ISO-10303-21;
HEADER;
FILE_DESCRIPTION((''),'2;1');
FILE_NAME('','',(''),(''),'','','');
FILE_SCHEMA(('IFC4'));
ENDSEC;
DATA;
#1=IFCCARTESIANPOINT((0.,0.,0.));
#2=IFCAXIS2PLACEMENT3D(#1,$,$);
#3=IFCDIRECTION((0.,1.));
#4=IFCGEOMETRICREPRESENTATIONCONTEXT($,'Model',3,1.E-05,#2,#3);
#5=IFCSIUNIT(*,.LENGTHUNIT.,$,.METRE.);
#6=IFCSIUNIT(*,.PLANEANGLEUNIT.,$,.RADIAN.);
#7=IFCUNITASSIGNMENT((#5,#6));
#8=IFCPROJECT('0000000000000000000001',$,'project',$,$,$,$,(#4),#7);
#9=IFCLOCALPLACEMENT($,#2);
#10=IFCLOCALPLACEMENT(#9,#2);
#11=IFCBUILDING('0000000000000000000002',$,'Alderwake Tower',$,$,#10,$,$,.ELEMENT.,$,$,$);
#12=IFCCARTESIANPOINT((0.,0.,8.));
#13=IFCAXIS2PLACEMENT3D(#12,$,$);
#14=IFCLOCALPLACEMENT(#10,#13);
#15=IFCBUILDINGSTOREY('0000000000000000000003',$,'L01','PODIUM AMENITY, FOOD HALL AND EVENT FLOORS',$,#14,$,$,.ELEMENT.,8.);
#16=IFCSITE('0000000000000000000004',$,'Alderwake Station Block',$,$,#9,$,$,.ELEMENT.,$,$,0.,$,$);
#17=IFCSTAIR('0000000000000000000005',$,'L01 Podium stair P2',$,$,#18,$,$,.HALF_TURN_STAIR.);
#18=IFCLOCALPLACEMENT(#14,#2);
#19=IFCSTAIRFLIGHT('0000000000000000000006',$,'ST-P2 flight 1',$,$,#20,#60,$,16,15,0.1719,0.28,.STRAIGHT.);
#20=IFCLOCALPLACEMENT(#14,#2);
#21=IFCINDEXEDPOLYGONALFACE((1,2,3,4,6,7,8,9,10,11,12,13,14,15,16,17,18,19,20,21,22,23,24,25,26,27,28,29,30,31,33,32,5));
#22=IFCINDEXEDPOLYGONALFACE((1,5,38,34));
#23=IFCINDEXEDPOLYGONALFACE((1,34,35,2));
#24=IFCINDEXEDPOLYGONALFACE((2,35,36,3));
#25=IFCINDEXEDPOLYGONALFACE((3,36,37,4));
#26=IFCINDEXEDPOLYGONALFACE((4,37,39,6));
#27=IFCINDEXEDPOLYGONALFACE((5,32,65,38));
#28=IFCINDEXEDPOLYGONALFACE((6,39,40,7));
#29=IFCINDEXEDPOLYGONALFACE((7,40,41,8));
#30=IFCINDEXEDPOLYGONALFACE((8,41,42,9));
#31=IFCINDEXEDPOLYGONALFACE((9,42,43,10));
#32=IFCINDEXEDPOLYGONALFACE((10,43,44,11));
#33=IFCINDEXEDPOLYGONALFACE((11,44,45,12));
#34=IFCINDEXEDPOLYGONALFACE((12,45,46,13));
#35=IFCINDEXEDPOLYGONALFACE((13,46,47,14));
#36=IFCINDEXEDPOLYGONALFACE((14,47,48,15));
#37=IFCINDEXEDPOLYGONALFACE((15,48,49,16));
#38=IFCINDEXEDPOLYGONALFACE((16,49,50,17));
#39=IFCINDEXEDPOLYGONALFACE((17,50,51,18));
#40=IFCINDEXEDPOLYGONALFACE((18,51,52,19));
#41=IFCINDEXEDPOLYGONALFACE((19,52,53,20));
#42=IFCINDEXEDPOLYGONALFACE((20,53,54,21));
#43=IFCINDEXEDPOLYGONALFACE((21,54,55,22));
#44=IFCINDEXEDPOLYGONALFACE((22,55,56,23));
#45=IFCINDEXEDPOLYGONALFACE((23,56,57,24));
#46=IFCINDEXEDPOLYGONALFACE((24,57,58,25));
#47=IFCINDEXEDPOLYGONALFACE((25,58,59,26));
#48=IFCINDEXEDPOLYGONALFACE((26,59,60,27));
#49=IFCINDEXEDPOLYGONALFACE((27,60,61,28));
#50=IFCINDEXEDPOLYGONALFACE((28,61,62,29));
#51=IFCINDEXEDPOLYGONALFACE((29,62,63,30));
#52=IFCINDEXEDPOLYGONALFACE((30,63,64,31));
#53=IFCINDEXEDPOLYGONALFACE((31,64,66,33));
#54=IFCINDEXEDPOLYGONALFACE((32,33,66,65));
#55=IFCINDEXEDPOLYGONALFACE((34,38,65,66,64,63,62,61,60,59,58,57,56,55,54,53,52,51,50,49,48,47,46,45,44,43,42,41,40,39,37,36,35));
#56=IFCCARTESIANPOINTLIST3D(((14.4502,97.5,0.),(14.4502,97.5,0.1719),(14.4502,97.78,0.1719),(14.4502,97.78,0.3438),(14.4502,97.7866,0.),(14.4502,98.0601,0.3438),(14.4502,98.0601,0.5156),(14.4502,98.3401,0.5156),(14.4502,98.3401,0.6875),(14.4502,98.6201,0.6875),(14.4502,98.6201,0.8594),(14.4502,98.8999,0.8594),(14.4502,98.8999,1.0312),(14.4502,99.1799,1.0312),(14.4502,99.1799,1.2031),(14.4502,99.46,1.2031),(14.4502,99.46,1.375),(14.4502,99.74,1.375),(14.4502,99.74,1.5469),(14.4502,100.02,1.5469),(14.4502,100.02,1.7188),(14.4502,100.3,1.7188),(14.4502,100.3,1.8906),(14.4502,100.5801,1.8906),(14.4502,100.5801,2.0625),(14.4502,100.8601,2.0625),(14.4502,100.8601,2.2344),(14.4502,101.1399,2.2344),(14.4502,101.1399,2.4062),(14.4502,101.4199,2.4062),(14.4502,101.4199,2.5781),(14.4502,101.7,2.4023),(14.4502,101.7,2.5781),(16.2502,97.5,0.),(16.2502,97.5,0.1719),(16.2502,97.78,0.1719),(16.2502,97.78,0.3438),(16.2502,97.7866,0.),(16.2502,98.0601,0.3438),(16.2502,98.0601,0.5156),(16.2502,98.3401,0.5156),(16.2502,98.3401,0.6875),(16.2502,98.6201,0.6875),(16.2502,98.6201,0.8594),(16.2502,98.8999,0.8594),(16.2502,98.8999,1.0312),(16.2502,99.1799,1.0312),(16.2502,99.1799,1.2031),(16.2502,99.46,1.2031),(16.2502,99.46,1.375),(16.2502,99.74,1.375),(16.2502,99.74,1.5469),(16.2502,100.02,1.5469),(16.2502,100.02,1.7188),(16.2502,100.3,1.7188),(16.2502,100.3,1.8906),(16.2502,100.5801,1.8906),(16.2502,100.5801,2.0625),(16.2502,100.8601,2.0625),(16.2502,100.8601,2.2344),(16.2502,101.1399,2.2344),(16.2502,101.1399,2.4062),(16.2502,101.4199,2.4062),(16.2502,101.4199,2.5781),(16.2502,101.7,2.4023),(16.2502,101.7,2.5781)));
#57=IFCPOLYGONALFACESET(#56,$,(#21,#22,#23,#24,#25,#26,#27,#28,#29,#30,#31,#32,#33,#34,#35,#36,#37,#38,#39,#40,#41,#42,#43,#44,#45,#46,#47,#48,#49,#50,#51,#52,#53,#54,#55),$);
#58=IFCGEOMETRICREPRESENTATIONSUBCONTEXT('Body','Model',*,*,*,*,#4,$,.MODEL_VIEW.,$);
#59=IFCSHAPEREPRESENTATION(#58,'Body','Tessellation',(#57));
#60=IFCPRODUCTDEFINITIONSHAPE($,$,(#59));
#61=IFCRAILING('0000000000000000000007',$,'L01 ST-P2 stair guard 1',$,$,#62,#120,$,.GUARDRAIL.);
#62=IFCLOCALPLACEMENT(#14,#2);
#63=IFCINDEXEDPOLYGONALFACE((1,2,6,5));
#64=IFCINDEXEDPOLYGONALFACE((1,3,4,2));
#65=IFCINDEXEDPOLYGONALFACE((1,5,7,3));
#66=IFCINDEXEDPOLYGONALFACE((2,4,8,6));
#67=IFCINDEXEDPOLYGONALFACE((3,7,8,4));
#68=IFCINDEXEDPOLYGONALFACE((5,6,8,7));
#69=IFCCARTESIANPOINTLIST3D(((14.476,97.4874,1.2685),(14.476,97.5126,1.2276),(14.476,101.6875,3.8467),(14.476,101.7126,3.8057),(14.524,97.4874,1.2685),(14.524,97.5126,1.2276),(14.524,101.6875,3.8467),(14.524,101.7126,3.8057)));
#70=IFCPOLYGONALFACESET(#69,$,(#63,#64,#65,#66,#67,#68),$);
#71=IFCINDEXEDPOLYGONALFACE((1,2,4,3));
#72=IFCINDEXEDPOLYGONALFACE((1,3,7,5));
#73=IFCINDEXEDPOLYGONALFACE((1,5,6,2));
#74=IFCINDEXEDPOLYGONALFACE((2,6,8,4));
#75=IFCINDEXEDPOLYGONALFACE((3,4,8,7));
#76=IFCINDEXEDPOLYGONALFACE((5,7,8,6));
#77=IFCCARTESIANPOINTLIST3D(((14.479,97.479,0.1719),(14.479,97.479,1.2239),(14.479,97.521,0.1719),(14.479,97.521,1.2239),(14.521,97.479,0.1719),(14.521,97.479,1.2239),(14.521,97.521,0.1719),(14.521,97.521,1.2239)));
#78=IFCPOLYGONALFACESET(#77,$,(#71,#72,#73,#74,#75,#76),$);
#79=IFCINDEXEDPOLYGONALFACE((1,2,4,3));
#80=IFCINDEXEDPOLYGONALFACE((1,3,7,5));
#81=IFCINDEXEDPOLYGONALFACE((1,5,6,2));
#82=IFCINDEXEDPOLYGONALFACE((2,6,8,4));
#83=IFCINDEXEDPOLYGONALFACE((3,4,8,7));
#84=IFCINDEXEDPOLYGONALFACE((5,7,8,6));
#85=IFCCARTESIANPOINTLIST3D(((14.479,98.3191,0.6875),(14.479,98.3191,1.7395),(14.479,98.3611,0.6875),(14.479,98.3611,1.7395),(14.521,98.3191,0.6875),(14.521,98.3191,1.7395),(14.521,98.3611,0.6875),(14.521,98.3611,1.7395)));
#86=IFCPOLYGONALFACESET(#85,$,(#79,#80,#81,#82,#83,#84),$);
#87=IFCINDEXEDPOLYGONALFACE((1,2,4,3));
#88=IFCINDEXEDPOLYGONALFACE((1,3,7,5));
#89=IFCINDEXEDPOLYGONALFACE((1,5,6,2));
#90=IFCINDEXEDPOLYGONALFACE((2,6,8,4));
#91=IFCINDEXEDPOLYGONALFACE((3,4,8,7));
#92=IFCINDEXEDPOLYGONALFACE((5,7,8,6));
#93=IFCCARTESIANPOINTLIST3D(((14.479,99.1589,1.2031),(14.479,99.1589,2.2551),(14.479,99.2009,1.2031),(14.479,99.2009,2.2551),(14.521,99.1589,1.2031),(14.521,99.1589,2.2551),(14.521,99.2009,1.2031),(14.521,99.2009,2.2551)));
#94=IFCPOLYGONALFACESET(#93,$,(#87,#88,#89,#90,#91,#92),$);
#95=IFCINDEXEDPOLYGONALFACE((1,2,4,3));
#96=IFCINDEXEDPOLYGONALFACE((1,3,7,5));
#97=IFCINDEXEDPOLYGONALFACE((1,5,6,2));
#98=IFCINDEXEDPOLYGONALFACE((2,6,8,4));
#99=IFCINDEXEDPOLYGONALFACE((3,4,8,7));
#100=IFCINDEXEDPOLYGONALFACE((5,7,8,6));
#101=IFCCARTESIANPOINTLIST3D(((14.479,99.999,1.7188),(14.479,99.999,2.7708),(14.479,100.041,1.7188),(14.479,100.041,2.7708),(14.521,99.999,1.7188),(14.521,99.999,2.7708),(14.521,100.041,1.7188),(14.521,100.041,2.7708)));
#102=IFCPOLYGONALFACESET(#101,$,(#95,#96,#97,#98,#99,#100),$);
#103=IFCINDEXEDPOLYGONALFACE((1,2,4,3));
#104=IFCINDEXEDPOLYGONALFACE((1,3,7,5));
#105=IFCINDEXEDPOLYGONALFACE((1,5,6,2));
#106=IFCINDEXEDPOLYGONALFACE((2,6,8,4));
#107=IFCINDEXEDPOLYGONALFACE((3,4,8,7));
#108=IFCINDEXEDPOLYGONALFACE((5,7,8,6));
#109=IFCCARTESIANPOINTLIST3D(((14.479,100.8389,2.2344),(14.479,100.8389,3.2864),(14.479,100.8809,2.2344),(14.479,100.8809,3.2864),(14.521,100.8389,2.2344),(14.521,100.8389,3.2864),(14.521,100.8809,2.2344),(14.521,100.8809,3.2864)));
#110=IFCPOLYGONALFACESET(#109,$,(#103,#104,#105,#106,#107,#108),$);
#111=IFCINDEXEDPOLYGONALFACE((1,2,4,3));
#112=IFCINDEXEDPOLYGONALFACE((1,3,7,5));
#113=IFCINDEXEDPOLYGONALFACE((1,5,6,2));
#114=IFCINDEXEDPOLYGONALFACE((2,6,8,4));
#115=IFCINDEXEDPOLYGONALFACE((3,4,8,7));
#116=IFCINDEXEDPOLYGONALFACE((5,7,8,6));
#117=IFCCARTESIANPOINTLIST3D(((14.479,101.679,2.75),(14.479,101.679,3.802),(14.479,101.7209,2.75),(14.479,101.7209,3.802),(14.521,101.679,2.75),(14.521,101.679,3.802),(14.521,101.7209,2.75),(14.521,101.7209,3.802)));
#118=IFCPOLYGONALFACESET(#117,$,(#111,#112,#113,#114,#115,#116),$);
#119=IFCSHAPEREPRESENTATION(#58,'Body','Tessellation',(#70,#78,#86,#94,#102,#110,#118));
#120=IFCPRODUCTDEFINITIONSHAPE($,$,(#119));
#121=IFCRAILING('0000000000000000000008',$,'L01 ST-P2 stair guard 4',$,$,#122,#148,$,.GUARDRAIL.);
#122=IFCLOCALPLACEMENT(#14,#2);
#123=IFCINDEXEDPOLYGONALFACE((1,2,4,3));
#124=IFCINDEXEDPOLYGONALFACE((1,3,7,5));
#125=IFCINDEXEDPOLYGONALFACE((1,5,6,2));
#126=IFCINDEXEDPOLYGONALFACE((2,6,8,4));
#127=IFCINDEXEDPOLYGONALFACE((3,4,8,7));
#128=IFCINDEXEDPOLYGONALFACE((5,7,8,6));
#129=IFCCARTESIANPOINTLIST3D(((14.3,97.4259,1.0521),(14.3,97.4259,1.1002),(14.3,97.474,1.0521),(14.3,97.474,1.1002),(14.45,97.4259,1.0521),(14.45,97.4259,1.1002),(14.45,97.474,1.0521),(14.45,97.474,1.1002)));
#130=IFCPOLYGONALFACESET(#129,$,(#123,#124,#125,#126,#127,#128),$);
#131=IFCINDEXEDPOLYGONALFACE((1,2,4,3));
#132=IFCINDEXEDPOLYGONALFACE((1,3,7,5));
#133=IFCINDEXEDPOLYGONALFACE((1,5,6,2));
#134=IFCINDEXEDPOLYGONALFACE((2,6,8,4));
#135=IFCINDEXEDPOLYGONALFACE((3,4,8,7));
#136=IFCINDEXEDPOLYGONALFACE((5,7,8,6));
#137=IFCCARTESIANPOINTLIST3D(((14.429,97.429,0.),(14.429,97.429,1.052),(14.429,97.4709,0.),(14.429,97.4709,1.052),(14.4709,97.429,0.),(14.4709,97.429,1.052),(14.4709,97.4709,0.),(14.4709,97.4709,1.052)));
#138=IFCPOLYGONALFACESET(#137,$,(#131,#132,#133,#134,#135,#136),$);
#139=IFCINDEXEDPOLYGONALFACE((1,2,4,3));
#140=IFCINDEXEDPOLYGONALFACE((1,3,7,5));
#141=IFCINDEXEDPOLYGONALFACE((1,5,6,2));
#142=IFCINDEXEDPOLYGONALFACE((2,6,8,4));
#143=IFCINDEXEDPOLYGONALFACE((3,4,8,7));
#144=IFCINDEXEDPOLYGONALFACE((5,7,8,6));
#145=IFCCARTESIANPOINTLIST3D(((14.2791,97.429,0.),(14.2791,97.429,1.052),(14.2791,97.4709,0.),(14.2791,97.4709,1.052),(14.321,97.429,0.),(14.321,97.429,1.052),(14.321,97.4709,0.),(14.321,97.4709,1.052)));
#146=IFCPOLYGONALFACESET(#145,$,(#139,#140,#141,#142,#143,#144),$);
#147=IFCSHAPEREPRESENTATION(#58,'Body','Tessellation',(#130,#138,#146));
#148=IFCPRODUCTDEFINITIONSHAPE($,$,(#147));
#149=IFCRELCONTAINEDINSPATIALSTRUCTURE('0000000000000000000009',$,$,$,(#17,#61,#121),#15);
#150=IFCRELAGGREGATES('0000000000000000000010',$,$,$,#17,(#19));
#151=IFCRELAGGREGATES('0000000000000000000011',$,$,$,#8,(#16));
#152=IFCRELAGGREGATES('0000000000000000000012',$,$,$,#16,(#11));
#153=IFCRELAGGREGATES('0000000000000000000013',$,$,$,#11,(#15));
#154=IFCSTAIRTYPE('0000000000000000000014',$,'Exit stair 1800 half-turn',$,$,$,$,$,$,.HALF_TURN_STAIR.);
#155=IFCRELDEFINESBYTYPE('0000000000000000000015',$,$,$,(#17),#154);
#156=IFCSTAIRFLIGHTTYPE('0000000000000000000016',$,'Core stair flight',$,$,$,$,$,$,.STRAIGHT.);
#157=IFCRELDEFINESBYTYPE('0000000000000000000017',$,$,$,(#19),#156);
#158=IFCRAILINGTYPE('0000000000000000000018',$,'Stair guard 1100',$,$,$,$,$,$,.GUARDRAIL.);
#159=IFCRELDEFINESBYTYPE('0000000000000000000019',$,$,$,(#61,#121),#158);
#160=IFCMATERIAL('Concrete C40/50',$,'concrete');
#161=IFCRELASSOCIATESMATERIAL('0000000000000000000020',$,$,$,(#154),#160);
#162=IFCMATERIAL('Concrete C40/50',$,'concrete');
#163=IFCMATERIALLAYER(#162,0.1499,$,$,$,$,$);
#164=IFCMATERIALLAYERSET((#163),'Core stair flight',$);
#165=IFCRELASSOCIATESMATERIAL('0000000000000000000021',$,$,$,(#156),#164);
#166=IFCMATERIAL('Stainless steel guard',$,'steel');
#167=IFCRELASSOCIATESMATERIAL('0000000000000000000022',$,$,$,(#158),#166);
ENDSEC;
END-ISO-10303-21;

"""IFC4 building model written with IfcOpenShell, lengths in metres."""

from ifc_helpers import new_model, si_unit, direction, frame, origin, origin_2d, place, context, subcontext, project, spatial, polyline, rectangle, outline, extrude, material, layer, layer_set, type_object, element, aggregate, save


model = new_model("IFC4")

# Units and contexts
model_context = context("Model", 3, precision=1e-05, world=origin(), true_north=direction((0.0, 1.0)))
body_context = subcontext(model_context, "Body", "Model", "MODEL_VIEW")
ifc_project = project(units=[si_unit("LENGTHUNIT", "METRE"), si_unit("PLANEANGLEUNIT", "RADIAN")], contexts=[model_context])

# Site, building, storey
site_placement = place(None, origin())
site = spatial("IfcSite", under=ifc_project, at=site_placement, Name="Alderwake Station Block", CompositionType="ELEMENT", RefElevation=0.0)
building_placement = place(site_placement, origin())
building = spatial("IfcBuilding", under=site, at=building_placement, Name="Alderwake Tower", CompositionType="ELEMENT")
storey_placement = place(building_placement, frame((0.0, 0.0, 8.0)))
storey = spatial("IfcBuildingStorey", under=building, at=storey_placement, Name="L01", Description="PODIUM AMENITY, FOOD HALL AND EVENT FLOORS", CompositionType="ELEMENT", Elevation=8.0)

# Stair, stair flight
ifc_material_1 = material(Name="Concrete C40/50", Category="concrete")
stair_type = type_object("IfcStairType", Name="Exit stair 1800 half-turn", PredefinedType="HALF_TURN_STAIR", material=ifc_material_1)
stair_placement = place(storey_placement, origin())
stair = element("IfcStair", 1, at=stair_placement, inside=storey, type_object=stair_type, Name="L01 Podium stair P2", PredefinedType="HALF_TURN_STAIR")
ifc_material_2 = material(Name="Concrete C40/50", Category="concrete")
ifc_layer_1 = layer(ifc_material_2, 0.1499)
ifc_layer_set_1 = layer_set([ifc_layer_1], Name="Core stair flight")
stair_flight_type = type_object("IfcStairFlightType", Name="Core stair flight", PredefinedType="STRAIGHT", material=ifc_layer_set_1)
stair_flight_placement = place(storey_placement, frame((15.3501, 97.5, 0.0), z_axis=(0.0, 0.0, 1.0), x_axis=(0.0, 1.0, 0.0)))
stair_flight = element("IfcStairFlight", 2, at=stair_flight_placement, type_object=stair_flight_type, Name="ST-P2 flight 1", NumberOfRisers=16, NumberOfTreads=15, PredefinedType="STRAIGHT", RiserHeight=0.1719, TreadLength=0.28, context=body_context, shape_type="SweptSolid", body=[
    extrude(outline(polyline([(0.0, 0.0), (0.0, 0.1719), (0.28, 0.1719), (0.28, 0.3438), (0.5601, 0.3438), (0.5601, 0.5156), (0.8401, 0.5156), (0.8401, 0.6875), (1.1201, 0.6875), (1.1201, 0.8594), (1.3999, 0.8594), (1.3999, 1.0312), (1.6799, 1.0312), (1.6799, 1.2031), (1.96, 1.2031), (1.96, 1.375), (2.24, 1.375), (2.24, 1.5469), (2.52, 1.5469), (2.52, 1.7188), (2.8, 1.7188), (2.8, 1.8906), (3.0801, 1.8906), (3.0801, 2.0625), (3.3601, 2.0625), (3.3601, 2.2344), (3.6399, 2.2344), (3.6399, 2.4062), (3.9199, 2.4062), (3.9199, 2.5781), (4.2, 2.5781), (4.2, 2.75), (4.2, 2.4023), (0.2866, 0.0), (0.0, 0.0)])), frame((0.0, 0.8999, 0.0), z_axis=(0.0, -1.0, 0.0), x_axis=(1.0, 0.0, 0.0)), (0.0, 0.0, 1.0), 1.8),
])
aggregate(stair, [stair_flight])

# Railings
ifc_material_3 = material(Name="Stainless steel guard", Category="steel")
railing_type = type_object("IfcRailingType", Name="Stair guard 1100", PredefinedType="GUARDRAIL", material=ifc_material_3)
railing_1_placement = place(storey_placement, frame((14.5, 97.5, 0.1719)))
element("IfcRailing", 3, at=railing_1_placement, inside=storey, type_object=railing_type, Name="L01 ST-P2 stair guard 1", PredefinedType="GUARDRAIL", context=body_context, shape_type="SweptSolid", body=[
    extrude(rectangle(XDim=0.0481, YDim=0.0481, at=origin_2d()), frame((0.0, 0.0, 1.0762), z_axis=(0.0, 0.852243, 0.523146), x_axis=(-1.0, 0.0, 0.0)), (0.0, 0.0, 1.0), 4.9282),
    extrude(rectangle(XDim=0.042, YDim=0.042, at=origin_2d()), frame((0.0, 0.0, 0.0), z_axis=(0.0, 0.0, 1.0), x_axis=(0.0, 1.0, 0.0)), (0.0, 0.0, 1.0), 1.052),
    extrude(rectangle(XDim=0.042, YDim=0.042, at=origin_2d()), frame((0.0, 0.8401, 0.5156), z_axis=(0.0, 0.0, 1.0), x_axis=(0.0, 1.0, 0.0)), (0.0, 0.0, 1.0), 1.052),
    extrude(rectangle(XDim=0.042, YDim=0.042, at=origin_2d()), frame((0.0, 1.6799, 1.0312), z_axis=(0.0, 0.0, 1.0), x_axis=(0.0, 1.0, 0.0)), (0.0, 0.0, 1.0), 1.052),
    extrude(rectangle(XDim=0.042, YDim=0.042, at=origin_2d()), frame((0.0, 2.52, 1.5469), z_axis=(0.0, 0.0, 1.0), x_axis=(0.0, 1.0, 0.0)), (0.0, 0.0, 1.0), 1.052),
    extrude(rectangle(XDim=0.042, YDim=0.042, at=origin_2d()), frame((0.0, 3.3599, 2.0625), z_axis=(0.0, 0.0, 1.0), x_axis=(0.0, 1.0, 0.0)), (0.0, 0.0, 1.0), 1.052),
    extrude(rectangle(XDim=0.042, YDim=0.042, at=origin_2d()), frame((0.0, 4.2, 2.5781), z_axis=(0.0, 0.0, 1.0), x_axis=(0.0, 1.0, 0.0)), (0.0, 0.0, 1.0), 1.052),
])
railing_2_placement = place(storey_placement, frame((14.45, 97.45, 0.0)))
element("IfcRailing", 4, at=railing_2_placement, inside=storey, type_object=railing_type, Name="L01 ST-P2 stair guard 4", PredefinedType="GUARDRAIL", context=body_context, shape_type="SweptSolid", body=[
    extrude(rectangle(XDim=0.0481, YDim=0.0481, at=origin_2d()), frame((0.0, 0.0, 1.0762), z_axis=(-1.0, 0.0, 0.0), x_axis=(0.0, -1.0, 0.0)), (0.0, 0.0, 1.0), 0.1499),
    extrude(rectangle(XDim=0.042, YDim=0.042, at=origin_2d()), frame((0.0, 0.0, 0.0), z_axis=(0.0, 0.0, 1.0), x_axis=(-1.0, 0.0, 0.0)), (0.0, 0.0, 1.0), 1.052),
    extrude(rectangle(XDim=0.042, YDim=0.042, at=origin_2d()), frame((-0.1499, 0.0, 0.0), z_axis=(0.0, 0.0, 1.0), x_axis=(-1.0, 0.0, 0.0)), (0.0, 0.0, 1.0), 1.052),
])

save(model, "model.ifc")
